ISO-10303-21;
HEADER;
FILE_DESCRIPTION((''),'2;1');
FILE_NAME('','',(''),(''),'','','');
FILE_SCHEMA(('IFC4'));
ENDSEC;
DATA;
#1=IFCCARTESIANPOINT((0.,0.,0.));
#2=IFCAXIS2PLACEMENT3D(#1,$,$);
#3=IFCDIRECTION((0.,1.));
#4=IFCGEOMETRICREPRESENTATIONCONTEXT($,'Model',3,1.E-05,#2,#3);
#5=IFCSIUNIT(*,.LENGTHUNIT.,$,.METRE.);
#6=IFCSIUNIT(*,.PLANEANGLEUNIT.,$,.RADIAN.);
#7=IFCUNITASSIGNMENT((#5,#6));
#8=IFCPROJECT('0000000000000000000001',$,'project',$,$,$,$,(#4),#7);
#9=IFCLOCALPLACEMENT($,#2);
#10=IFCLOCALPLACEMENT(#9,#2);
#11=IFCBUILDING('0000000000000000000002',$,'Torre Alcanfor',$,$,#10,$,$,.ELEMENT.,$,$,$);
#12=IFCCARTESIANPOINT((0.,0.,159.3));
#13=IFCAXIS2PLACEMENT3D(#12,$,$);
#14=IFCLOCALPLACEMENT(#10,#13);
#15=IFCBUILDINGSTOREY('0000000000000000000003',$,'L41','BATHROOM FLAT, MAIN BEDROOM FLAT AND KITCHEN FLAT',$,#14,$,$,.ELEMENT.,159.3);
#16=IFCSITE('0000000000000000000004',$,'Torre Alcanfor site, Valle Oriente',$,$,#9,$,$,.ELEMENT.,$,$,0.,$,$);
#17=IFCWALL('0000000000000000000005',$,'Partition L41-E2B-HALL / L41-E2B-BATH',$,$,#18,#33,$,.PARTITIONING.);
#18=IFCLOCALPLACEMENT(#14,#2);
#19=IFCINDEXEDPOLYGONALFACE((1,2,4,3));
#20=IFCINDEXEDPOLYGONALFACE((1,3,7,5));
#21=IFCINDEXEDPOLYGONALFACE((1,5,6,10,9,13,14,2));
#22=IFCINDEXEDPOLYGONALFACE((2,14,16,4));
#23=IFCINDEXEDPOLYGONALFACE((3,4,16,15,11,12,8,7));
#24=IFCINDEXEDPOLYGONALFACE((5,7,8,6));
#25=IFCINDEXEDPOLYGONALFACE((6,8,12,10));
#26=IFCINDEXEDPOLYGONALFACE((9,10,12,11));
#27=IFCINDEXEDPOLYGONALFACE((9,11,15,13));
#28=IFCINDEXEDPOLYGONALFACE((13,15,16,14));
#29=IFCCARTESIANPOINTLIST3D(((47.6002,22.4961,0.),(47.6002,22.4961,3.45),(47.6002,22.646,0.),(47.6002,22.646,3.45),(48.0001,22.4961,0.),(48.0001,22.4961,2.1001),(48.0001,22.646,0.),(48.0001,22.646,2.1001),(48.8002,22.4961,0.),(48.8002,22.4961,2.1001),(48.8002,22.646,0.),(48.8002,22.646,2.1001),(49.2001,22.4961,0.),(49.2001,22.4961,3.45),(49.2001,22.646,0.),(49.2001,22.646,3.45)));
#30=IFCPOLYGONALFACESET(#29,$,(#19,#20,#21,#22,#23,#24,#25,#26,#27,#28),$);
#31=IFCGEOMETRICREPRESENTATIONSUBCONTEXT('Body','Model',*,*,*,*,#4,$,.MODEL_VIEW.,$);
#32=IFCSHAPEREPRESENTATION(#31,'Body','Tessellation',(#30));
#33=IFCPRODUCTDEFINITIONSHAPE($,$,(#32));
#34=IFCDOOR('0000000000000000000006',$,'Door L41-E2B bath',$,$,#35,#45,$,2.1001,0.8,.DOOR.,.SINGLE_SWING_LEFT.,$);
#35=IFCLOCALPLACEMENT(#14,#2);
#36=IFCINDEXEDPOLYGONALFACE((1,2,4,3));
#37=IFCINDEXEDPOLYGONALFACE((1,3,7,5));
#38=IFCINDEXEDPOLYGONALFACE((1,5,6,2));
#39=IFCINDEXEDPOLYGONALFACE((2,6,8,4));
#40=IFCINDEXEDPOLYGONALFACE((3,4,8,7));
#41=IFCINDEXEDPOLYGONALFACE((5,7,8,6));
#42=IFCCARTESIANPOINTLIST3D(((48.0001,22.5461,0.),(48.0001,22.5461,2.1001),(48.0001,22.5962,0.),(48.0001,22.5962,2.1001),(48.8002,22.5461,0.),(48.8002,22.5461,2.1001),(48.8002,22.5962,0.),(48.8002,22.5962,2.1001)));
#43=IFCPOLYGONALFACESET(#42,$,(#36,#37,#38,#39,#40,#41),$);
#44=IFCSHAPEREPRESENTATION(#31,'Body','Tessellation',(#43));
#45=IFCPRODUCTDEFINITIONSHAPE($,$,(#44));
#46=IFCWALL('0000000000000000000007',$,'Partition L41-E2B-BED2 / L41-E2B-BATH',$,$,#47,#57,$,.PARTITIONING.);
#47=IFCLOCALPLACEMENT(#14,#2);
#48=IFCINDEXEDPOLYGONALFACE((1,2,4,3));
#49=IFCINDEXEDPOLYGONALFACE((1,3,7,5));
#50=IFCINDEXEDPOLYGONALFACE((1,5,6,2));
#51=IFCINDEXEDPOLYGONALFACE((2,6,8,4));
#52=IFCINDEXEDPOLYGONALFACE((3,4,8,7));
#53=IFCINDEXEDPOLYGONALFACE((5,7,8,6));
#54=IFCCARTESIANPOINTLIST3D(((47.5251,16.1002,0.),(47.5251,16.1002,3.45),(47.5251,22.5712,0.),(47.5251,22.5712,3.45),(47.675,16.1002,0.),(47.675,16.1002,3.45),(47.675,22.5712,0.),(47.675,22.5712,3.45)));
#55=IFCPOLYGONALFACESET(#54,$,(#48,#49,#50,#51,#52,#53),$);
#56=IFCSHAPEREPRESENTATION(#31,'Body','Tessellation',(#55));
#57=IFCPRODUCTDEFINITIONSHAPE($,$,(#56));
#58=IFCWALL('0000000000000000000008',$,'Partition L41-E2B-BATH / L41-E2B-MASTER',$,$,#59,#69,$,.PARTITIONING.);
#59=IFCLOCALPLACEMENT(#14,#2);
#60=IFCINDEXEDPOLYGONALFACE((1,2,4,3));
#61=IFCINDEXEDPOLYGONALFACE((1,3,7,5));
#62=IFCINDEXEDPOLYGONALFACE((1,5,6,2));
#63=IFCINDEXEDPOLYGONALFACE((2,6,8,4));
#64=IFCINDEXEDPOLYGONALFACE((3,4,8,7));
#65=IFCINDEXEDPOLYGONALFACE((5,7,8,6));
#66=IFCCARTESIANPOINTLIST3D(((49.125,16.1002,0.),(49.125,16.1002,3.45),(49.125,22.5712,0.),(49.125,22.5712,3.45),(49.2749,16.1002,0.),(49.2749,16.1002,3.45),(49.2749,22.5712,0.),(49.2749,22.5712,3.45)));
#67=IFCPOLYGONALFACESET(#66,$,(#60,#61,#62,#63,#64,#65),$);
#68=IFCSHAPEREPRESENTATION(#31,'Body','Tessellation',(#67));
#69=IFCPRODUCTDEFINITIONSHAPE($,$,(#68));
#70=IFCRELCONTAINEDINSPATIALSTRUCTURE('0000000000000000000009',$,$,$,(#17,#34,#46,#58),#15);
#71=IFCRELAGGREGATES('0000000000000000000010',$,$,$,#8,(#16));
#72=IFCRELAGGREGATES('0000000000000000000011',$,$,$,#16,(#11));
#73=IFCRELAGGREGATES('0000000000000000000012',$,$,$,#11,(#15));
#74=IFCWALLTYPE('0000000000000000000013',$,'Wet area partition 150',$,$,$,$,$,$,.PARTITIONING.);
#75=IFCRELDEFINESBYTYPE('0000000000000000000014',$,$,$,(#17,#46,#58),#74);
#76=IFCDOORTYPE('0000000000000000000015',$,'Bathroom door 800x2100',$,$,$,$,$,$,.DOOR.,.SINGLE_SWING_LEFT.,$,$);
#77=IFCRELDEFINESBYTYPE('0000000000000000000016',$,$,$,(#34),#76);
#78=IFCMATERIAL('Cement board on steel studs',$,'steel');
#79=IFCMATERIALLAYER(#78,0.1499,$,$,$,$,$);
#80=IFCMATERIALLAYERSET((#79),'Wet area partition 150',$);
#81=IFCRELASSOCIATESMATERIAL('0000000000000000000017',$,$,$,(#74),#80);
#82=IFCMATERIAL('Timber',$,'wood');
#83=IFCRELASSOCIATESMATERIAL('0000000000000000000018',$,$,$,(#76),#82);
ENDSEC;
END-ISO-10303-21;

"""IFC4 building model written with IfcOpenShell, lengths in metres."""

from ifc_helpers import new_model, si_unit, direction, frame, frame_2d, origin, place, context, subcontext, project, spatial, rectangle, extrude, material, layer, layer_set, type_object, element, fill, save


model = new_model("IFC4")

# Units and contexts
model_context = context("Model", 3, precision=1e-05, world=origin(), true_north=direction((0.0, 1.0)))
body_context = subcontext(model_context, "Body", "Model", "MODEL_VIEW")
ifc_project = project(units=[si_unit("LENGTHUNIT", "METRE"), si_unit("PLANEANGLEUNIT", "RADIAN")], contexts=[model_context])

# Site, building, storey
site_placement = place(None, origin())
site = spatial("IfcSite", under=ifc_project, at=site_placement, Name="Torre Alcanfor site, Valle Oriente", CompositionType="ELEMENT", RefElevation=0.0)
building_placement = place(site_placement, origin())
building = spatial("IfcBuilding", under=site, at=building_placement, Name="Torre Alcanfor", CompositionType="ELEMENT")
storey_placement = place(building_placement, frame((0.0, 0.0, 159.3)))
storey = spatial("IfcBuildingStorey", under=building, at=storey_placement, Name="L41", Description="BATHROOM FLAT, MAIN BEDROOM FLAT AND KITCHEN FLAT", CompositionType="ELEMENT", Elevation=159.3)

# Wall, opening, door
ifc_material_1 = material(Name="Cement board on steel studs", Category="steel")
ifc_layer_1 = layer(ifc_material_1, 0.1499)
ifc_layer_set_1 = layer_set([ifc_layer_1], Name="Wet area partition 150")
wall_type_1 = type_object("IfcWallType", Name="Wet area partition 150", PredefinedType="PARTITIONING", material=ifc_layer_set_1)
wall_1_placement = place(storey_placement, frame((49.2, 22.571, 0.0), z_axis=(0.0, 0.0, 1.0), x_axis=(-1.0, 0.0, 0.0)))
wall_1 = element("IfcWall", 1, at=wall_1_placement, inside=storey, type_object=wall_type_1, Name="Partition L41-E2B-HALL / L41-E2B-BATH", PredefinedType="PARTITIONING", context=body_context, shape_type="SweptSolid", body=[
    extrude(rectangle(XDim=1.5999, YDim=0.1499, at=frame_2d((0.7998, 0.0))), origin(), (0.0, 0.0, 1.0), 3.45),
])
opening_1_placement = place(wall_1_placement, frame((0.3999, 0.0, 0.0)))
opening_1 = element("IfcOpeningElement", 2, at=opening_1_placement, cuts=wall_1, PredefinedType="OPENING", context=body_context, shape_type="SweptSolid", body=[
    extrude(rectangle(XDim=0.8, YDim=2.1001, at=frame_2d((0.3999, 1.05))), frame((0.0, 0.085, 0.0), z_axis=(0.0, -1.0, 0.0), x_axis=(1.0, 0.0, 0.0)), (0.0, 0.0, 1.0), 0.1699),
])
ifc_material_2 = material(Name="Timber", Category="wood")
door_type_1 = type_object("IfcDoorType", Name="Bathroom door 800x2100", OperationType="SINGLE_SWING_LEFT", PredefinedType="DOOR", material=ifc_material_2)
door_1_placement = place(opening_1_placement, origin())
door_1 = element("IfcDoor", 3, at=door_1_placement, inside=storey, type_object=door_type_1, Name="Door L41-E2B bath", OperationType="SINGLE_SWING_LEFT", OverallHeight=2.1001, OverallWidth=0.8, PredefinedType="DOOR", context=body_context, shape_type="SweptSolid", body=[
    extrude(rectangle(XDim=0.8, YDim=2.1001, at=frame_2d((0.3999, 1.05))), frame((0.0, 0.0249, 0.0), z_axis=(0.0, -1.0, 0.0), x_axis=(1.0, 0.0, 0.0)), (0.0, 0.0, 1.0), 0.05),
])
fill(opening_1, door_1)

# Walls
for number, where, z_axis, x_axis, name in (
    (4, (47.6001, 22.571, 0.0), (0.0, 0.0, 1.0), (0.0, -1.0, 0.0), "Partition L41-E2B-BED2 / L41-E2B-BATH"),
    (5, (49.2, 22.571, 0.0), (0.0, 0.0, 1.0), (0.0, -1.0, 0.0), "Partition L41-E2B-BATH / L41-E2B-MASTER"),
):
    element("IfcWall", number, at=place(storey_placement, frame(where, z_axis=z_axis, x_axis=x_axis)), inside=storey, type_object=wall_type_1, Name=name, PredefinedType="PARTITIONING", context=body_context, shape_type="SweptSolid", body=[
        extrude(rectangle(XDim=6.4709, YDim=0.1499, at=frame_2d((3.2354, 0.0))), origin(), (0.0, 0.0, 1.0), 3.45),
    ])

save(model, "model.ifc")
